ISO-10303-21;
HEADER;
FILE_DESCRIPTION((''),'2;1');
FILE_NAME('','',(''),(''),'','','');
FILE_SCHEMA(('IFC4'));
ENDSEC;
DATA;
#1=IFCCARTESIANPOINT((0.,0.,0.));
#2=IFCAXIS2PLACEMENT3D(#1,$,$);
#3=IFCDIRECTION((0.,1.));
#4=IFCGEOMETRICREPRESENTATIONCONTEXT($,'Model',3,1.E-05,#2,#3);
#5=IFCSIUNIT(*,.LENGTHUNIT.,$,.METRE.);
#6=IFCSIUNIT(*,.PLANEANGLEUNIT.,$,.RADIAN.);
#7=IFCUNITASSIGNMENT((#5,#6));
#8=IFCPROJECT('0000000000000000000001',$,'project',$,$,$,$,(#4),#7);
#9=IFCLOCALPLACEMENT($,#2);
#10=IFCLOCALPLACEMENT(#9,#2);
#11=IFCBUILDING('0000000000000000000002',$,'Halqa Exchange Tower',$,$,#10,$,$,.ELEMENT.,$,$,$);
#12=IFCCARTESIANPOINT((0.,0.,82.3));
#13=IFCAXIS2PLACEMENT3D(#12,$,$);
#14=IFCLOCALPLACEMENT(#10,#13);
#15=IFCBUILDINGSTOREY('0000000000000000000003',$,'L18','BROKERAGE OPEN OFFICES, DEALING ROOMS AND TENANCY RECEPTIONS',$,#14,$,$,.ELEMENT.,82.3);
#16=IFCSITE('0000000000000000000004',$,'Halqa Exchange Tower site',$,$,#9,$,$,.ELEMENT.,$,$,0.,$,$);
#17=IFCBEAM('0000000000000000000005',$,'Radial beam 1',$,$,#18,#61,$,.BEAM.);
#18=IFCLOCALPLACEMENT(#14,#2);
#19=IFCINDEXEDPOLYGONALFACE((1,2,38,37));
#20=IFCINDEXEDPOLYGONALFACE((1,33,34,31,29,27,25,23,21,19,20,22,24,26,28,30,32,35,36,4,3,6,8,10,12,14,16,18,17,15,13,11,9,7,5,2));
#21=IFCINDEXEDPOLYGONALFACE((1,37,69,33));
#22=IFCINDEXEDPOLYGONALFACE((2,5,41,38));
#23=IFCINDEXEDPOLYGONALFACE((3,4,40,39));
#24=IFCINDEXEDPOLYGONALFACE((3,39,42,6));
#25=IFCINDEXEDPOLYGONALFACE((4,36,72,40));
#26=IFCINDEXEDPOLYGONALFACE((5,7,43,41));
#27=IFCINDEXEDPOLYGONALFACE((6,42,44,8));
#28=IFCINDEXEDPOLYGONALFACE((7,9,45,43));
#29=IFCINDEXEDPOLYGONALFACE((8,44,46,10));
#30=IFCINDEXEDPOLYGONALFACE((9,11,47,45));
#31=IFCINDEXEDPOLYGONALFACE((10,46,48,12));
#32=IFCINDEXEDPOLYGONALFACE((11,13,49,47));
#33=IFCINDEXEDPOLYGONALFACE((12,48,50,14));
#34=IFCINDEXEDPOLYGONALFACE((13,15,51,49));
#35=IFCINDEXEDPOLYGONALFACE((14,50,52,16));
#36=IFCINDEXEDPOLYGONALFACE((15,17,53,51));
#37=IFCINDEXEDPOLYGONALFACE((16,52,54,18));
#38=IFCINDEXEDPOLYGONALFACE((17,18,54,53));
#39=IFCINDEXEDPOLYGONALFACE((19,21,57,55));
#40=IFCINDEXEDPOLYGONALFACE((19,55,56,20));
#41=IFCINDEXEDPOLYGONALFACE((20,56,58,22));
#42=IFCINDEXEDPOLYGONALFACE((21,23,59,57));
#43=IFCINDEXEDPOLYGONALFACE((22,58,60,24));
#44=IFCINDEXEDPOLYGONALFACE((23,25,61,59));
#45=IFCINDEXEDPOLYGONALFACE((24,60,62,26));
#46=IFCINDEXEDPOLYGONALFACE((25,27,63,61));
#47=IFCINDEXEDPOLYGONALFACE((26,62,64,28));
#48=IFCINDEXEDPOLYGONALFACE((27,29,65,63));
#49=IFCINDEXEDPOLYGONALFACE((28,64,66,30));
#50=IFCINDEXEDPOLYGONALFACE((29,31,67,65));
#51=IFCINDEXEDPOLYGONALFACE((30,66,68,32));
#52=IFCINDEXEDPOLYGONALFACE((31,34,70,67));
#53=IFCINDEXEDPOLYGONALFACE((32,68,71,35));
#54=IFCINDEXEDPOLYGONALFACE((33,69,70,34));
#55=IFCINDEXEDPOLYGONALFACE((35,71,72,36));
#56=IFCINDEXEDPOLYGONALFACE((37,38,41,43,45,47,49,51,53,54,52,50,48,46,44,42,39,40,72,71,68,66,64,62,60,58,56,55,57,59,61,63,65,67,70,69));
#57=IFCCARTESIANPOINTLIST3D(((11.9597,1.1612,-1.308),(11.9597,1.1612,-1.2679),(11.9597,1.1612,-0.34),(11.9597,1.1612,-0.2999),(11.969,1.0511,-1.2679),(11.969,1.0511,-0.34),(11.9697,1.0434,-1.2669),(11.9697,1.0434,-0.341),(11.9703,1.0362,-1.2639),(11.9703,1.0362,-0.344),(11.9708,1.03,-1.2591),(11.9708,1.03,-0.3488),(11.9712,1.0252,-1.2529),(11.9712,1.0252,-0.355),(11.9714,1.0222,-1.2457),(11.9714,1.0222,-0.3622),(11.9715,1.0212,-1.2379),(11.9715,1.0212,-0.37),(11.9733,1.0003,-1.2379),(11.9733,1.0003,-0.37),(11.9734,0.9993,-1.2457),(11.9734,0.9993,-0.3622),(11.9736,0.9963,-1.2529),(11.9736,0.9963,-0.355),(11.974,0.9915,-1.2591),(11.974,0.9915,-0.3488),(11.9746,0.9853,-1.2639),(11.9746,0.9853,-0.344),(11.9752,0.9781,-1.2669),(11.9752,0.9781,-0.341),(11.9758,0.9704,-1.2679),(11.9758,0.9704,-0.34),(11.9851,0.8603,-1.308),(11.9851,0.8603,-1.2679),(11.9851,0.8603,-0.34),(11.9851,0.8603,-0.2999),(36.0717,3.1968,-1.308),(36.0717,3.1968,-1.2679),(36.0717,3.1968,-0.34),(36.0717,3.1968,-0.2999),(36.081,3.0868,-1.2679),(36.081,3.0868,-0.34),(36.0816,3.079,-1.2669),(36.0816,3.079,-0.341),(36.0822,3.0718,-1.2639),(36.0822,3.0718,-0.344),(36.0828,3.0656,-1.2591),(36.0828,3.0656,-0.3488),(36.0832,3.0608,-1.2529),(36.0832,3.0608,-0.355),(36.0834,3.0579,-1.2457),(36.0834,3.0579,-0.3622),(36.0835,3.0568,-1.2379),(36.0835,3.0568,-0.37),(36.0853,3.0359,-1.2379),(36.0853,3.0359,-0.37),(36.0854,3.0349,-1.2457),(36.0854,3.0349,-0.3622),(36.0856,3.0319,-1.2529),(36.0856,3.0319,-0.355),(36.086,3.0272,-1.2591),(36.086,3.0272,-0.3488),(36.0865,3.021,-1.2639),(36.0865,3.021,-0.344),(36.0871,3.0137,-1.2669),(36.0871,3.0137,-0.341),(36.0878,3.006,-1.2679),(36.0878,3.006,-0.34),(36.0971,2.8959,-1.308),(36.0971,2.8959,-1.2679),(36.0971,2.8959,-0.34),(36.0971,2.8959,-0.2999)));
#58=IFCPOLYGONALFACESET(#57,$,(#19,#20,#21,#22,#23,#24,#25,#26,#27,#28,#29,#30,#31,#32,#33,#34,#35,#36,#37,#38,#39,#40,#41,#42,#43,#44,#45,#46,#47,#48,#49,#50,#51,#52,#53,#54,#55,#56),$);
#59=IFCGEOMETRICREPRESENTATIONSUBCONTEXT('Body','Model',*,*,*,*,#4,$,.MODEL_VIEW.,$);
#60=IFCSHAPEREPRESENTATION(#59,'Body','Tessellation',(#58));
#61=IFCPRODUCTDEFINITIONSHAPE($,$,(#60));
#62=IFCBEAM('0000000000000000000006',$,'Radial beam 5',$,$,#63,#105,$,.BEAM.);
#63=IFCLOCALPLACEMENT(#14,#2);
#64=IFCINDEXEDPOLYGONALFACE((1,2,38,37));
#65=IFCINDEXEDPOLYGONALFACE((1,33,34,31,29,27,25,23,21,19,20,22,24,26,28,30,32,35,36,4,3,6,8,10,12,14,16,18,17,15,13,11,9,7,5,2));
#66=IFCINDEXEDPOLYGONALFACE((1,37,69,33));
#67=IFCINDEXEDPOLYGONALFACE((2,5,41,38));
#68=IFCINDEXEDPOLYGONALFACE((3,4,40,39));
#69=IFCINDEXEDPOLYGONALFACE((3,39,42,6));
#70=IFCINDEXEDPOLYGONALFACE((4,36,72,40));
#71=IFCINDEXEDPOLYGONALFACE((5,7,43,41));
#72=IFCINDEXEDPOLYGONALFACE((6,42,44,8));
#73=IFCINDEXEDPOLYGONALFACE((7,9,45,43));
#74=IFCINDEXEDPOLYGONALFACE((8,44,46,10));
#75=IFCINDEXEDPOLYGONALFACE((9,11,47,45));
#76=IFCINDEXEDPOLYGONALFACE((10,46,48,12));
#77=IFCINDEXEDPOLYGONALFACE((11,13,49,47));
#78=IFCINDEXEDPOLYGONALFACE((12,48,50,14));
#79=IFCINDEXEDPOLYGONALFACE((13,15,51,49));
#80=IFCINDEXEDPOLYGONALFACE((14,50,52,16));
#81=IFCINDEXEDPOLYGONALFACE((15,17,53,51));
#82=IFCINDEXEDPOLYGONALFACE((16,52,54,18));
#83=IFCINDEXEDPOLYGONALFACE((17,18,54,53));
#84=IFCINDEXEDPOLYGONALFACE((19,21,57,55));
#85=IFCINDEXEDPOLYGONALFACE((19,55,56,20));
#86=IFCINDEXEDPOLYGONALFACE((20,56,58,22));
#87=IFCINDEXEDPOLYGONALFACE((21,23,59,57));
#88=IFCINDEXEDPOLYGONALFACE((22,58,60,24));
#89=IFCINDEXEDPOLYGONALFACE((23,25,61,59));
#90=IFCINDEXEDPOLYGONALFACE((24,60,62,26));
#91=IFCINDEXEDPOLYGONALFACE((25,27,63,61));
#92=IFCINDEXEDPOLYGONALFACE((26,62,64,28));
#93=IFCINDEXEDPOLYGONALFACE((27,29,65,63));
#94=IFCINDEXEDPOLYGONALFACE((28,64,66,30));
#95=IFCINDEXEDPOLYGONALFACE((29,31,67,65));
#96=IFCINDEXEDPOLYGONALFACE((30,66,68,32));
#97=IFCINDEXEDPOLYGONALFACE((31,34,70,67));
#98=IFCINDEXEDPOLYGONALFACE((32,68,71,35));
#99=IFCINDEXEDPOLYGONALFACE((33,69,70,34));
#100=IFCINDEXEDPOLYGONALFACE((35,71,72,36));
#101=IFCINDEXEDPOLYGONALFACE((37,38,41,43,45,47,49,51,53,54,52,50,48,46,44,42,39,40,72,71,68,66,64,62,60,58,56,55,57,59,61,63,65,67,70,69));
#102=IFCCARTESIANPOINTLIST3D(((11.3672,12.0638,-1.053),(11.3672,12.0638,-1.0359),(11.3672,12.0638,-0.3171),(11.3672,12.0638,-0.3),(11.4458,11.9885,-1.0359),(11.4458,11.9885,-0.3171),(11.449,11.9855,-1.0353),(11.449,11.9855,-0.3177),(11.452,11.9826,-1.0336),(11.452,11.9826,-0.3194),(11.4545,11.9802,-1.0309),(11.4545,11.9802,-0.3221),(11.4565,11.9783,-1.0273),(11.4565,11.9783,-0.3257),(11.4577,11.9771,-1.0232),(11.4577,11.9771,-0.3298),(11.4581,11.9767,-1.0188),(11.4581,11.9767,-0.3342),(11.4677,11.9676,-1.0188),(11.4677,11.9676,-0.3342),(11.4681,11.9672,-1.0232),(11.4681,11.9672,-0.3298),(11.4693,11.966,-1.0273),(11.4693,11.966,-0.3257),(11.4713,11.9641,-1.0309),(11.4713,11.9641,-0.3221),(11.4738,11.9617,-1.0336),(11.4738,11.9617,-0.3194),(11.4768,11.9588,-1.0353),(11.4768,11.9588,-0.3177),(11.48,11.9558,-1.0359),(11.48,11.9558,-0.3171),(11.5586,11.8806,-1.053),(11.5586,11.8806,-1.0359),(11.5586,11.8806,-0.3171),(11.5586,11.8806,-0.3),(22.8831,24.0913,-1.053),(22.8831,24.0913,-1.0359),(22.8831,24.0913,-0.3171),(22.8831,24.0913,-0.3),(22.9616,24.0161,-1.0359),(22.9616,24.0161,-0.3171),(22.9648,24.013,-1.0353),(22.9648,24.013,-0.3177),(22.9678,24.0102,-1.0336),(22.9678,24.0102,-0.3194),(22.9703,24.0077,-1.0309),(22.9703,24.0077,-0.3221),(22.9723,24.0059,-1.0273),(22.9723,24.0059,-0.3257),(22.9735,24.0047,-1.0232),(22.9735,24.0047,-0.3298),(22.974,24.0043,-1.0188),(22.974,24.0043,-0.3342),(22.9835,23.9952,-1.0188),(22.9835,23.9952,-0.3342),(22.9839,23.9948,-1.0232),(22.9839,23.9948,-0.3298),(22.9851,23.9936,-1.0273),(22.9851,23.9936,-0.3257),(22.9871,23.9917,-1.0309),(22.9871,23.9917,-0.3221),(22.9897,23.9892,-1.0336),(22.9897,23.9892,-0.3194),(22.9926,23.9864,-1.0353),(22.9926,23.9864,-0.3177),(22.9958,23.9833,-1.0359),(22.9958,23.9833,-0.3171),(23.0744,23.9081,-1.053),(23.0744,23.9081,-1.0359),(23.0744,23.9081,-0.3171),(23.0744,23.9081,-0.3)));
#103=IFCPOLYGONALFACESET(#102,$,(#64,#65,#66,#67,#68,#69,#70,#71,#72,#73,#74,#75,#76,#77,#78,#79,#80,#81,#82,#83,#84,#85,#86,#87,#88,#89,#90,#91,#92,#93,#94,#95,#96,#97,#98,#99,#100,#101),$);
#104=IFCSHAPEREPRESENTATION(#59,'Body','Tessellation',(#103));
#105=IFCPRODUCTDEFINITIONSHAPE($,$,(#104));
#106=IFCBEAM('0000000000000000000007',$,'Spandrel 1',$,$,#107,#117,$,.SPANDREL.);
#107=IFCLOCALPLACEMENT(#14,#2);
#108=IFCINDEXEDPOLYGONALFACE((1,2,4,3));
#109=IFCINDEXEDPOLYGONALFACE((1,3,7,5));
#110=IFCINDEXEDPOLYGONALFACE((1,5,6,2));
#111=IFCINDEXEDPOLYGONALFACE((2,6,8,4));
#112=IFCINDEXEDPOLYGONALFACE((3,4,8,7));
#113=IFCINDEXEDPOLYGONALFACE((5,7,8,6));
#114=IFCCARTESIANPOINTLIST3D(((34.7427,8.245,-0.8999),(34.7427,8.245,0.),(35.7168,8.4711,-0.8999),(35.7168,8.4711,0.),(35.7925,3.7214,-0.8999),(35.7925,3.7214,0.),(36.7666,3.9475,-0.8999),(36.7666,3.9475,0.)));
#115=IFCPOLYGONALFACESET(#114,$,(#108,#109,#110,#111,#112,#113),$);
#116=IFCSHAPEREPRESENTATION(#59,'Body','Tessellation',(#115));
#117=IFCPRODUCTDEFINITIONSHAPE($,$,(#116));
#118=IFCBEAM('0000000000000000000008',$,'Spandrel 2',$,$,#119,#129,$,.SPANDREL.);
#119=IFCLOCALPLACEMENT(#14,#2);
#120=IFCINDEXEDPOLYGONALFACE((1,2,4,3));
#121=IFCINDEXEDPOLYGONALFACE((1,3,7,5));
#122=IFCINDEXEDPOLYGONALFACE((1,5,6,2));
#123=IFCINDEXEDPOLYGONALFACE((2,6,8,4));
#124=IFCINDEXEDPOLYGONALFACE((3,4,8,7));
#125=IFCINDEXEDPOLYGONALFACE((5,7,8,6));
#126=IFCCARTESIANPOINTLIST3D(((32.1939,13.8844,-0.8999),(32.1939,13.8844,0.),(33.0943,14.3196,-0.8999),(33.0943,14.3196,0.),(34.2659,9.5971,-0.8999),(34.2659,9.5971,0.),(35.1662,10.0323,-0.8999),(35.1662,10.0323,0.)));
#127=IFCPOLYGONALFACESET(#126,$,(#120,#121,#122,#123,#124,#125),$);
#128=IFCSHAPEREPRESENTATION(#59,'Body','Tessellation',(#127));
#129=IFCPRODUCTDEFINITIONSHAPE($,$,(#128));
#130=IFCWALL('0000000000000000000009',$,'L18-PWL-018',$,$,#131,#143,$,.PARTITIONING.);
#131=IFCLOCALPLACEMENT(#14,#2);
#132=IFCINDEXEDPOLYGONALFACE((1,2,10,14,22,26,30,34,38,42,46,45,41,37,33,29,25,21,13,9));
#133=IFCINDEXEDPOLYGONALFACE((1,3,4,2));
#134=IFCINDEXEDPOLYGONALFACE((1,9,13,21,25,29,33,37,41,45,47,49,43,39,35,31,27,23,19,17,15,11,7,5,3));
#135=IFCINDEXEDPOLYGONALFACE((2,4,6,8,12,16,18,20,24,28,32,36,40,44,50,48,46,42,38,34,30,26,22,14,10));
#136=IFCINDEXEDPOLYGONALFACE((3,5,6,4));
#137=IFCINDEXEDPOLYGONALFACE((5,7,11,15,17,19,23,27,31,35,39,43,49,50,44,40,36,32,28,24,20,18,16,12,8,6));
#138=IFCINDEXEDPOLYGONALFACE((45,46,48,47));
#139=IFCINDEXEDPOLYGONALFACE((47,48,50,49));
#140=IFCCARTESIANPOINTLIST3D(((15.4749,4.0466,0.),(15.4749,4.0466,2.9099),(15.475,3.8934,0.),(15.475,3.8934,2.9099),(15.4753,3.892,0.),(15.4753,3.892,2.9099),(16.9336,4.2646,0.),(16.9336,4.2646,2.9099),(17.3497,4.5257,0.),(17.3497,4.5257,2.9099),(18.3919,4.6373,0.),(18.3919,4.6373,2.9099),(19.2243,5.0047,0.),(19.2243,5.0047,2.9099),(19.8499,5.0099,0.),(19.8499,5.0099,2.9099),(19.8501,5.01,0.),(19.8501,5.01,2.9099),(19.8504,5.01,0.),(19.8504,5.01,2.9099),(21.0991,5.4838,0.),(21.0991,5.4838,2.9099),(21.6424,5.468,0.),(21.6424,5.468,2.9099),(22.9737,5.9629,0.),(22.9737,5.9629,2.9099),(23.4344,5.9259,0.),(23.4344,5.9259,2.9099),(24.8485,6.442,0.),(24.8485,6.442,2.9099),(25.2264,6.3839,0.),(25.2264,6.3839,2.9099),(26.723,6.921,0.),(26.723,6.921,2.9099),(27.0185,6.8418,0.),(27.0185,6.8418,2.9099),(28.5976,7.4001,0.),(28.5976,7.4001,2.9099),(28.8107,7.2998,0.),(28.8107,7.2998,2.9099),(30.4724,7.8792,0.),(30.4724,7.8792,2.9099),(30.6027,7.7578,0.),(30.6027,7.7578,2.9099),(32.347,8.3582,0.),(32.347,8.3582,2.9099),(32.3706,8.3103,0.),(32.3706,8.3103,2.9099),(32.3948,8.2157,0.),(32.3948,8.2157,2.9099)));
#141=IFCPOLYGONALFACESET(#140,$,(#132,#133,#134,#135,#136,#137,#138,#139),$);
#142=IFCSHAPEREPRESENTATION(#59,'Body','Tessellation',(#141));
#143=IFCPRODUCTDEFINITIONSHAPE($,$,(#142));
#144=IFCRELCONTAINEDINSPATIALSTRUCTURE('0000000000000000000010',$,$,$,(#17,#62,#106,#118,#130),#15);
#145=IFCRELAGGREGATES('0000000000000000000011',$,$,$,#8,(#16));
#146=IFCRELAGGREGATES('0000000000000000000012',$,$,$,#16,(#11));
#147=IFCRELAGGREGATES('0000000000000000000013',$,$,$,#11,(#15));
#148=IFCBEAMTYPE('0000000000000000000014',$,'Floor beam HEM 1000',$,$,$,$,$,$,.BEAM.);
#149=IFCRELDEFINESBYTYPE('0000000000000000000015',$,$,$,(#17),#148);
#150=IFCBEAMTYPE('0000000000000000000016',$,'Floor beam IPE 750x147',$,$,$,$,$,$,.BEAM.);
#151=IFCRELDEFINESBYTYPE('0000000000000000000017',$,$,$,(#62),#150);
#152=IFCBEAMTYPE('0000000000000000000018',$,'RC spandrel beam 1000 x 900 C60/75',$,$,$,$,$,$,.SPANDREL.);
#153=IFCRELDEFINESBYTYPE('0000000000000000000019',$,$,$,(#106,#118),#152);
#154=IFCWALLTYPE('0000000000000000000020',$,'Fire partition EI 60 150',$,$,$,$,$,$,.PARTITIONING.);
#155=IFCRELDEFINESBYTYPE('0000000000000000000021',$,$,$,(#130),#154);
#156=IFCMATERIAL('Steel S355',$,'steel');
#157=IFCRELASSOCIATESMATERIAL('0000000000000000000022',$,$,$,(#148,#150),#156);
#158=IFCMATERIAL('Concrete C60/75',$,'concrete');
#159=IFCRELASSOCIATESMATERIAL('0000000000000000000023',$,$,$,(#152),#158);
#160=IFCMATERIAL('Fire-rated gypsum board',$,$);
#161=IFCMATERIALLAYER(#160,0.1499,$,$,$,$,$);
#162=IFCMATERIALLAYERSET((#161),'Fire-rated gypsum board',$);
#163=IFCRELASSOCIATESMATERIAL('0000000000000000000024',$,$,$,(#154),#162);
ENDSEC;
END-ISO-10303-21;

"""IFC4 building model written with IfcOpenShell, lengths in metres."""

from ifc_helpers import new_model, si_unit, direction, frame, origin, origin_2d, place, context, subcontext, project, spatial, polyline, rectangle, i_section, outline, extrude, material, layer, layer_set, material_profile, profile_set, type_object, element, save


model = new_model("IFC4")

# Units and contexts
model_context = context("Model", 3, precision=1e-05, world=origin(), true_north=direction((0.0, 1.0)))
body_context = subcontext(model_context, "Body", "Model", "MODEL_VIEW")
ifc_project = project(units=[si_unit("LENGTHUNIT", "METRE"), si_unit("PLANEANGLEUNIT", "RADIAN")], contexts=[model_context])

# Site, building, storey
site_placement = place(None, origin())
site = spatial("IfcSite", under=ifc_project, at=site_placement, Name="Halqa Exchange Tower site", CompositionType="ELEMENT", RefElevation=0.0)
building_placement = place(site_placement, origin())
building = spatial("IfcBuilding", under=site, at=building_placement, Name="Halqa Exchange Tower", CompositionType="ELEMENT")
storey_placement = place(building_placement, frame((0.0, 0.0, 82.3)))
storey = spatial("IfcBuildingStorey", under=building, at=storey_placement, Name="L18", Description="BROKERAGE OPEN OFFICES, DEALING ROOMS AND TENANCY RECEPTIONS", CompositionType="ELEMENT", Elevation=82.3)

# Beams
ifc_material_1 = material(Name="Steel S355", Category="steel")
ifc_material_profile_1 = material_profile(ifc_material_1, i_section(OverallWidth=0.302, OverallDepth=1.0081, WebThickness=0.021, FlangeThickness=0.04, FilletRadius=0.03, at=origin_2d()), Name="HEM 1000")
ifc_profile_set_1 = profile_set([ifc_material_profile_1], Name="Steel S355")
beam_type_1 = type_object("IfcBeamType", Name="Floor beam HEM 1000", PredefinedType="BEAM", material=ifc_profile_set_1)
beam_1_placement = place(storey_placement, frame((11.9724, 1.0107, -0.804), z_axis=(0.996455, 0.084125, 0.0), x_axis=(-0.084125, 0.996455, 0.0)))
element("IfcBeam", 1, at=beam_1_placement, inside=storey, type_object=beam_type_1, Name="Radial beam 1", PredefinedType="BEAM", context=body_context, shape_type="SweptSolid", body=[
    extrude(i_section(OverallWidth=0.302, OverallDepth=1.0081, WebThickness=0.021, FlangeThickness=0.04, FilletRadius=0.03, at=origin_2d()), origin(), (0.0, 0.0, 1.0), 24.1978),
])
ifc_material_profile_2 = material_profile(ifc_material_1, i_section(OverallWidth=0.2649, OverallDepth=0.7529, WebThickness=0.0132, FlangeThickness=0.0171, FilletRadius=0.0171, at=origin_2d()), Name="IPE 750x147")
ifc_profile_set_2 = profile_set([ifc_material_profile_2], Name="Steel S355")
beam_type_2 = type_object("IfcBeamType", Name="Floor beam IPE 750x147", PredefinedType="BEAM", material=ifc_profile_set_2)
beam_2_placement = place(storey_placement, frame((11.4629, 11.9722, -0.6765), z_axis=(0.691574, 0.722305, 0.0), x_axis=(-0.722305, 0.691574, 0.0)))
element("IfcBeam", 2, at=beam_2_placement, inside=storey, type_object=beam_type_2, Name="Radial beam 5", PredefinedType="BEAM", context=body_context, shape_type="SweptSolid", body=[
    extrude(i_section(OverallWidth=0.2649, OverallDepth=0.7529, WebThickness=0.0132, FlangeThickness=0.0171, FilletRadius=0.0171, at=origin_2d()), origin(), (0.0, 0.0, 1.0), 16.6516),
])
ifc_material_2 = material(Name="Concrete C60/75", Category="concrete")
ifc_material_profile_3 = material_profile(ifc_material_2, rectangle(XDim=1.0, YDim=0.8999, at=origin_2d()), Name="1000 x 900")
ifc_profile_set_3 = profile_set([ifc_material_profile_3], Name="Concrete C60/75")
beam_type_3 = type_object("IfcBeamType", Name="RC spandrel beam 1000 x 900 C60/75", PredefinedType="SPANDREL", material=ifc_profile_set_3)
beam_3_placement = place(storey_placement, frame((36.2795, 3.8345, -0.45), z_axis=(-0.226061, 0.974113, 0.0), x_axis=(-0.974113, -0.226061, 0.0)))
element("IfcBeam", 3, at=beam_3_placement, inside=storey, type_object=beam_type_3, Name="Spandrel 1", PredefinedType="SPANDREL", context=body_context, shape_type="SweptSolid", body=[
    extrude(rectangle(XDim=1.0, YDim=0.8999, at=origin_2d()), origin(), (0.0, 0.0, 1.0), 4.6438),
])
beam_4_placement = place(storey_placement, frame((34.7161, 9.8147, -0.45), z_axis=(-0.435135, 0.900365, 0.0), x_axis=(-0.900365, -0.435135, 0.0)))
element("IfcBeam", 4, at=beam_4_placement, inside=storey, type_object=beam_type_3, Name="Spandrel 2", PredefinedType="SPANDREL", context=body_context, shape_type="SweptSolid", body=[
    extrude(rectangle(XDim=1.0, YDim=0.8999, at=origin_2d()), origin(), (0.0, 0.0, 1.0), 4.7617),
])

# Wall
ifc_material_3 = material(Name="Fire-rated gypsum board")
ifc_layer_1 = layer(ifc_material_3, 0.1499)
ifc_layer_set_1 = layer_set([ifc_layer_1], Name="Fire-rated gypsum board")
wall_type_1 = type_object("IfcWallType", Name="Fire partition EI 60 150", PredefinedType="PARTITIONING", material=ifc_layer_set_1)
wall_1_placement = place(storey_placement, frame((15.4568, 3.9646, 0.0), z_axis=(0.0, 0.0, 1.0), x_axis=(0.968865, 0.247592, 0.0)))
element("IfcWall", 5, at=wall_1_placement, inside=storey, type_object=wall_type_1, Name="L18-PWL-018", PredefinedType="PARTITIONING", context=body_context, shape_type="SweptSolid", body=[
    extrude(outline(polyline([(0.0, -0.075), (1.5051, -0.075), (3.0103, -0.075), (4.5151, -0.075), (4.5154, -0.075), (4.5156, -0.075), (6.3652, -0.075), (8.2148, -0.075), (10.0645, -0.075), (11.9141, -0.075), (13.7639, -0.075), (15.6135, -0.075), (17.4631, -0.075), (17.4631, 0.0227), (17.4521, 0.075), (15.5173, 0.075), (13.5823, 0.075), (11.6475, 0.075), (9.7126, 0.075), (7.7776, 0.075), (5.8428, 0.075), (3.9077, 0.075), (1.9729, 0.075), (0.0378, 0.075), (0.0, -0.0735), (0.0, -0.075)])), origin(), (0.0, 0.0, 1.0), 2.9099),
])

save(model, "model.ifc")
